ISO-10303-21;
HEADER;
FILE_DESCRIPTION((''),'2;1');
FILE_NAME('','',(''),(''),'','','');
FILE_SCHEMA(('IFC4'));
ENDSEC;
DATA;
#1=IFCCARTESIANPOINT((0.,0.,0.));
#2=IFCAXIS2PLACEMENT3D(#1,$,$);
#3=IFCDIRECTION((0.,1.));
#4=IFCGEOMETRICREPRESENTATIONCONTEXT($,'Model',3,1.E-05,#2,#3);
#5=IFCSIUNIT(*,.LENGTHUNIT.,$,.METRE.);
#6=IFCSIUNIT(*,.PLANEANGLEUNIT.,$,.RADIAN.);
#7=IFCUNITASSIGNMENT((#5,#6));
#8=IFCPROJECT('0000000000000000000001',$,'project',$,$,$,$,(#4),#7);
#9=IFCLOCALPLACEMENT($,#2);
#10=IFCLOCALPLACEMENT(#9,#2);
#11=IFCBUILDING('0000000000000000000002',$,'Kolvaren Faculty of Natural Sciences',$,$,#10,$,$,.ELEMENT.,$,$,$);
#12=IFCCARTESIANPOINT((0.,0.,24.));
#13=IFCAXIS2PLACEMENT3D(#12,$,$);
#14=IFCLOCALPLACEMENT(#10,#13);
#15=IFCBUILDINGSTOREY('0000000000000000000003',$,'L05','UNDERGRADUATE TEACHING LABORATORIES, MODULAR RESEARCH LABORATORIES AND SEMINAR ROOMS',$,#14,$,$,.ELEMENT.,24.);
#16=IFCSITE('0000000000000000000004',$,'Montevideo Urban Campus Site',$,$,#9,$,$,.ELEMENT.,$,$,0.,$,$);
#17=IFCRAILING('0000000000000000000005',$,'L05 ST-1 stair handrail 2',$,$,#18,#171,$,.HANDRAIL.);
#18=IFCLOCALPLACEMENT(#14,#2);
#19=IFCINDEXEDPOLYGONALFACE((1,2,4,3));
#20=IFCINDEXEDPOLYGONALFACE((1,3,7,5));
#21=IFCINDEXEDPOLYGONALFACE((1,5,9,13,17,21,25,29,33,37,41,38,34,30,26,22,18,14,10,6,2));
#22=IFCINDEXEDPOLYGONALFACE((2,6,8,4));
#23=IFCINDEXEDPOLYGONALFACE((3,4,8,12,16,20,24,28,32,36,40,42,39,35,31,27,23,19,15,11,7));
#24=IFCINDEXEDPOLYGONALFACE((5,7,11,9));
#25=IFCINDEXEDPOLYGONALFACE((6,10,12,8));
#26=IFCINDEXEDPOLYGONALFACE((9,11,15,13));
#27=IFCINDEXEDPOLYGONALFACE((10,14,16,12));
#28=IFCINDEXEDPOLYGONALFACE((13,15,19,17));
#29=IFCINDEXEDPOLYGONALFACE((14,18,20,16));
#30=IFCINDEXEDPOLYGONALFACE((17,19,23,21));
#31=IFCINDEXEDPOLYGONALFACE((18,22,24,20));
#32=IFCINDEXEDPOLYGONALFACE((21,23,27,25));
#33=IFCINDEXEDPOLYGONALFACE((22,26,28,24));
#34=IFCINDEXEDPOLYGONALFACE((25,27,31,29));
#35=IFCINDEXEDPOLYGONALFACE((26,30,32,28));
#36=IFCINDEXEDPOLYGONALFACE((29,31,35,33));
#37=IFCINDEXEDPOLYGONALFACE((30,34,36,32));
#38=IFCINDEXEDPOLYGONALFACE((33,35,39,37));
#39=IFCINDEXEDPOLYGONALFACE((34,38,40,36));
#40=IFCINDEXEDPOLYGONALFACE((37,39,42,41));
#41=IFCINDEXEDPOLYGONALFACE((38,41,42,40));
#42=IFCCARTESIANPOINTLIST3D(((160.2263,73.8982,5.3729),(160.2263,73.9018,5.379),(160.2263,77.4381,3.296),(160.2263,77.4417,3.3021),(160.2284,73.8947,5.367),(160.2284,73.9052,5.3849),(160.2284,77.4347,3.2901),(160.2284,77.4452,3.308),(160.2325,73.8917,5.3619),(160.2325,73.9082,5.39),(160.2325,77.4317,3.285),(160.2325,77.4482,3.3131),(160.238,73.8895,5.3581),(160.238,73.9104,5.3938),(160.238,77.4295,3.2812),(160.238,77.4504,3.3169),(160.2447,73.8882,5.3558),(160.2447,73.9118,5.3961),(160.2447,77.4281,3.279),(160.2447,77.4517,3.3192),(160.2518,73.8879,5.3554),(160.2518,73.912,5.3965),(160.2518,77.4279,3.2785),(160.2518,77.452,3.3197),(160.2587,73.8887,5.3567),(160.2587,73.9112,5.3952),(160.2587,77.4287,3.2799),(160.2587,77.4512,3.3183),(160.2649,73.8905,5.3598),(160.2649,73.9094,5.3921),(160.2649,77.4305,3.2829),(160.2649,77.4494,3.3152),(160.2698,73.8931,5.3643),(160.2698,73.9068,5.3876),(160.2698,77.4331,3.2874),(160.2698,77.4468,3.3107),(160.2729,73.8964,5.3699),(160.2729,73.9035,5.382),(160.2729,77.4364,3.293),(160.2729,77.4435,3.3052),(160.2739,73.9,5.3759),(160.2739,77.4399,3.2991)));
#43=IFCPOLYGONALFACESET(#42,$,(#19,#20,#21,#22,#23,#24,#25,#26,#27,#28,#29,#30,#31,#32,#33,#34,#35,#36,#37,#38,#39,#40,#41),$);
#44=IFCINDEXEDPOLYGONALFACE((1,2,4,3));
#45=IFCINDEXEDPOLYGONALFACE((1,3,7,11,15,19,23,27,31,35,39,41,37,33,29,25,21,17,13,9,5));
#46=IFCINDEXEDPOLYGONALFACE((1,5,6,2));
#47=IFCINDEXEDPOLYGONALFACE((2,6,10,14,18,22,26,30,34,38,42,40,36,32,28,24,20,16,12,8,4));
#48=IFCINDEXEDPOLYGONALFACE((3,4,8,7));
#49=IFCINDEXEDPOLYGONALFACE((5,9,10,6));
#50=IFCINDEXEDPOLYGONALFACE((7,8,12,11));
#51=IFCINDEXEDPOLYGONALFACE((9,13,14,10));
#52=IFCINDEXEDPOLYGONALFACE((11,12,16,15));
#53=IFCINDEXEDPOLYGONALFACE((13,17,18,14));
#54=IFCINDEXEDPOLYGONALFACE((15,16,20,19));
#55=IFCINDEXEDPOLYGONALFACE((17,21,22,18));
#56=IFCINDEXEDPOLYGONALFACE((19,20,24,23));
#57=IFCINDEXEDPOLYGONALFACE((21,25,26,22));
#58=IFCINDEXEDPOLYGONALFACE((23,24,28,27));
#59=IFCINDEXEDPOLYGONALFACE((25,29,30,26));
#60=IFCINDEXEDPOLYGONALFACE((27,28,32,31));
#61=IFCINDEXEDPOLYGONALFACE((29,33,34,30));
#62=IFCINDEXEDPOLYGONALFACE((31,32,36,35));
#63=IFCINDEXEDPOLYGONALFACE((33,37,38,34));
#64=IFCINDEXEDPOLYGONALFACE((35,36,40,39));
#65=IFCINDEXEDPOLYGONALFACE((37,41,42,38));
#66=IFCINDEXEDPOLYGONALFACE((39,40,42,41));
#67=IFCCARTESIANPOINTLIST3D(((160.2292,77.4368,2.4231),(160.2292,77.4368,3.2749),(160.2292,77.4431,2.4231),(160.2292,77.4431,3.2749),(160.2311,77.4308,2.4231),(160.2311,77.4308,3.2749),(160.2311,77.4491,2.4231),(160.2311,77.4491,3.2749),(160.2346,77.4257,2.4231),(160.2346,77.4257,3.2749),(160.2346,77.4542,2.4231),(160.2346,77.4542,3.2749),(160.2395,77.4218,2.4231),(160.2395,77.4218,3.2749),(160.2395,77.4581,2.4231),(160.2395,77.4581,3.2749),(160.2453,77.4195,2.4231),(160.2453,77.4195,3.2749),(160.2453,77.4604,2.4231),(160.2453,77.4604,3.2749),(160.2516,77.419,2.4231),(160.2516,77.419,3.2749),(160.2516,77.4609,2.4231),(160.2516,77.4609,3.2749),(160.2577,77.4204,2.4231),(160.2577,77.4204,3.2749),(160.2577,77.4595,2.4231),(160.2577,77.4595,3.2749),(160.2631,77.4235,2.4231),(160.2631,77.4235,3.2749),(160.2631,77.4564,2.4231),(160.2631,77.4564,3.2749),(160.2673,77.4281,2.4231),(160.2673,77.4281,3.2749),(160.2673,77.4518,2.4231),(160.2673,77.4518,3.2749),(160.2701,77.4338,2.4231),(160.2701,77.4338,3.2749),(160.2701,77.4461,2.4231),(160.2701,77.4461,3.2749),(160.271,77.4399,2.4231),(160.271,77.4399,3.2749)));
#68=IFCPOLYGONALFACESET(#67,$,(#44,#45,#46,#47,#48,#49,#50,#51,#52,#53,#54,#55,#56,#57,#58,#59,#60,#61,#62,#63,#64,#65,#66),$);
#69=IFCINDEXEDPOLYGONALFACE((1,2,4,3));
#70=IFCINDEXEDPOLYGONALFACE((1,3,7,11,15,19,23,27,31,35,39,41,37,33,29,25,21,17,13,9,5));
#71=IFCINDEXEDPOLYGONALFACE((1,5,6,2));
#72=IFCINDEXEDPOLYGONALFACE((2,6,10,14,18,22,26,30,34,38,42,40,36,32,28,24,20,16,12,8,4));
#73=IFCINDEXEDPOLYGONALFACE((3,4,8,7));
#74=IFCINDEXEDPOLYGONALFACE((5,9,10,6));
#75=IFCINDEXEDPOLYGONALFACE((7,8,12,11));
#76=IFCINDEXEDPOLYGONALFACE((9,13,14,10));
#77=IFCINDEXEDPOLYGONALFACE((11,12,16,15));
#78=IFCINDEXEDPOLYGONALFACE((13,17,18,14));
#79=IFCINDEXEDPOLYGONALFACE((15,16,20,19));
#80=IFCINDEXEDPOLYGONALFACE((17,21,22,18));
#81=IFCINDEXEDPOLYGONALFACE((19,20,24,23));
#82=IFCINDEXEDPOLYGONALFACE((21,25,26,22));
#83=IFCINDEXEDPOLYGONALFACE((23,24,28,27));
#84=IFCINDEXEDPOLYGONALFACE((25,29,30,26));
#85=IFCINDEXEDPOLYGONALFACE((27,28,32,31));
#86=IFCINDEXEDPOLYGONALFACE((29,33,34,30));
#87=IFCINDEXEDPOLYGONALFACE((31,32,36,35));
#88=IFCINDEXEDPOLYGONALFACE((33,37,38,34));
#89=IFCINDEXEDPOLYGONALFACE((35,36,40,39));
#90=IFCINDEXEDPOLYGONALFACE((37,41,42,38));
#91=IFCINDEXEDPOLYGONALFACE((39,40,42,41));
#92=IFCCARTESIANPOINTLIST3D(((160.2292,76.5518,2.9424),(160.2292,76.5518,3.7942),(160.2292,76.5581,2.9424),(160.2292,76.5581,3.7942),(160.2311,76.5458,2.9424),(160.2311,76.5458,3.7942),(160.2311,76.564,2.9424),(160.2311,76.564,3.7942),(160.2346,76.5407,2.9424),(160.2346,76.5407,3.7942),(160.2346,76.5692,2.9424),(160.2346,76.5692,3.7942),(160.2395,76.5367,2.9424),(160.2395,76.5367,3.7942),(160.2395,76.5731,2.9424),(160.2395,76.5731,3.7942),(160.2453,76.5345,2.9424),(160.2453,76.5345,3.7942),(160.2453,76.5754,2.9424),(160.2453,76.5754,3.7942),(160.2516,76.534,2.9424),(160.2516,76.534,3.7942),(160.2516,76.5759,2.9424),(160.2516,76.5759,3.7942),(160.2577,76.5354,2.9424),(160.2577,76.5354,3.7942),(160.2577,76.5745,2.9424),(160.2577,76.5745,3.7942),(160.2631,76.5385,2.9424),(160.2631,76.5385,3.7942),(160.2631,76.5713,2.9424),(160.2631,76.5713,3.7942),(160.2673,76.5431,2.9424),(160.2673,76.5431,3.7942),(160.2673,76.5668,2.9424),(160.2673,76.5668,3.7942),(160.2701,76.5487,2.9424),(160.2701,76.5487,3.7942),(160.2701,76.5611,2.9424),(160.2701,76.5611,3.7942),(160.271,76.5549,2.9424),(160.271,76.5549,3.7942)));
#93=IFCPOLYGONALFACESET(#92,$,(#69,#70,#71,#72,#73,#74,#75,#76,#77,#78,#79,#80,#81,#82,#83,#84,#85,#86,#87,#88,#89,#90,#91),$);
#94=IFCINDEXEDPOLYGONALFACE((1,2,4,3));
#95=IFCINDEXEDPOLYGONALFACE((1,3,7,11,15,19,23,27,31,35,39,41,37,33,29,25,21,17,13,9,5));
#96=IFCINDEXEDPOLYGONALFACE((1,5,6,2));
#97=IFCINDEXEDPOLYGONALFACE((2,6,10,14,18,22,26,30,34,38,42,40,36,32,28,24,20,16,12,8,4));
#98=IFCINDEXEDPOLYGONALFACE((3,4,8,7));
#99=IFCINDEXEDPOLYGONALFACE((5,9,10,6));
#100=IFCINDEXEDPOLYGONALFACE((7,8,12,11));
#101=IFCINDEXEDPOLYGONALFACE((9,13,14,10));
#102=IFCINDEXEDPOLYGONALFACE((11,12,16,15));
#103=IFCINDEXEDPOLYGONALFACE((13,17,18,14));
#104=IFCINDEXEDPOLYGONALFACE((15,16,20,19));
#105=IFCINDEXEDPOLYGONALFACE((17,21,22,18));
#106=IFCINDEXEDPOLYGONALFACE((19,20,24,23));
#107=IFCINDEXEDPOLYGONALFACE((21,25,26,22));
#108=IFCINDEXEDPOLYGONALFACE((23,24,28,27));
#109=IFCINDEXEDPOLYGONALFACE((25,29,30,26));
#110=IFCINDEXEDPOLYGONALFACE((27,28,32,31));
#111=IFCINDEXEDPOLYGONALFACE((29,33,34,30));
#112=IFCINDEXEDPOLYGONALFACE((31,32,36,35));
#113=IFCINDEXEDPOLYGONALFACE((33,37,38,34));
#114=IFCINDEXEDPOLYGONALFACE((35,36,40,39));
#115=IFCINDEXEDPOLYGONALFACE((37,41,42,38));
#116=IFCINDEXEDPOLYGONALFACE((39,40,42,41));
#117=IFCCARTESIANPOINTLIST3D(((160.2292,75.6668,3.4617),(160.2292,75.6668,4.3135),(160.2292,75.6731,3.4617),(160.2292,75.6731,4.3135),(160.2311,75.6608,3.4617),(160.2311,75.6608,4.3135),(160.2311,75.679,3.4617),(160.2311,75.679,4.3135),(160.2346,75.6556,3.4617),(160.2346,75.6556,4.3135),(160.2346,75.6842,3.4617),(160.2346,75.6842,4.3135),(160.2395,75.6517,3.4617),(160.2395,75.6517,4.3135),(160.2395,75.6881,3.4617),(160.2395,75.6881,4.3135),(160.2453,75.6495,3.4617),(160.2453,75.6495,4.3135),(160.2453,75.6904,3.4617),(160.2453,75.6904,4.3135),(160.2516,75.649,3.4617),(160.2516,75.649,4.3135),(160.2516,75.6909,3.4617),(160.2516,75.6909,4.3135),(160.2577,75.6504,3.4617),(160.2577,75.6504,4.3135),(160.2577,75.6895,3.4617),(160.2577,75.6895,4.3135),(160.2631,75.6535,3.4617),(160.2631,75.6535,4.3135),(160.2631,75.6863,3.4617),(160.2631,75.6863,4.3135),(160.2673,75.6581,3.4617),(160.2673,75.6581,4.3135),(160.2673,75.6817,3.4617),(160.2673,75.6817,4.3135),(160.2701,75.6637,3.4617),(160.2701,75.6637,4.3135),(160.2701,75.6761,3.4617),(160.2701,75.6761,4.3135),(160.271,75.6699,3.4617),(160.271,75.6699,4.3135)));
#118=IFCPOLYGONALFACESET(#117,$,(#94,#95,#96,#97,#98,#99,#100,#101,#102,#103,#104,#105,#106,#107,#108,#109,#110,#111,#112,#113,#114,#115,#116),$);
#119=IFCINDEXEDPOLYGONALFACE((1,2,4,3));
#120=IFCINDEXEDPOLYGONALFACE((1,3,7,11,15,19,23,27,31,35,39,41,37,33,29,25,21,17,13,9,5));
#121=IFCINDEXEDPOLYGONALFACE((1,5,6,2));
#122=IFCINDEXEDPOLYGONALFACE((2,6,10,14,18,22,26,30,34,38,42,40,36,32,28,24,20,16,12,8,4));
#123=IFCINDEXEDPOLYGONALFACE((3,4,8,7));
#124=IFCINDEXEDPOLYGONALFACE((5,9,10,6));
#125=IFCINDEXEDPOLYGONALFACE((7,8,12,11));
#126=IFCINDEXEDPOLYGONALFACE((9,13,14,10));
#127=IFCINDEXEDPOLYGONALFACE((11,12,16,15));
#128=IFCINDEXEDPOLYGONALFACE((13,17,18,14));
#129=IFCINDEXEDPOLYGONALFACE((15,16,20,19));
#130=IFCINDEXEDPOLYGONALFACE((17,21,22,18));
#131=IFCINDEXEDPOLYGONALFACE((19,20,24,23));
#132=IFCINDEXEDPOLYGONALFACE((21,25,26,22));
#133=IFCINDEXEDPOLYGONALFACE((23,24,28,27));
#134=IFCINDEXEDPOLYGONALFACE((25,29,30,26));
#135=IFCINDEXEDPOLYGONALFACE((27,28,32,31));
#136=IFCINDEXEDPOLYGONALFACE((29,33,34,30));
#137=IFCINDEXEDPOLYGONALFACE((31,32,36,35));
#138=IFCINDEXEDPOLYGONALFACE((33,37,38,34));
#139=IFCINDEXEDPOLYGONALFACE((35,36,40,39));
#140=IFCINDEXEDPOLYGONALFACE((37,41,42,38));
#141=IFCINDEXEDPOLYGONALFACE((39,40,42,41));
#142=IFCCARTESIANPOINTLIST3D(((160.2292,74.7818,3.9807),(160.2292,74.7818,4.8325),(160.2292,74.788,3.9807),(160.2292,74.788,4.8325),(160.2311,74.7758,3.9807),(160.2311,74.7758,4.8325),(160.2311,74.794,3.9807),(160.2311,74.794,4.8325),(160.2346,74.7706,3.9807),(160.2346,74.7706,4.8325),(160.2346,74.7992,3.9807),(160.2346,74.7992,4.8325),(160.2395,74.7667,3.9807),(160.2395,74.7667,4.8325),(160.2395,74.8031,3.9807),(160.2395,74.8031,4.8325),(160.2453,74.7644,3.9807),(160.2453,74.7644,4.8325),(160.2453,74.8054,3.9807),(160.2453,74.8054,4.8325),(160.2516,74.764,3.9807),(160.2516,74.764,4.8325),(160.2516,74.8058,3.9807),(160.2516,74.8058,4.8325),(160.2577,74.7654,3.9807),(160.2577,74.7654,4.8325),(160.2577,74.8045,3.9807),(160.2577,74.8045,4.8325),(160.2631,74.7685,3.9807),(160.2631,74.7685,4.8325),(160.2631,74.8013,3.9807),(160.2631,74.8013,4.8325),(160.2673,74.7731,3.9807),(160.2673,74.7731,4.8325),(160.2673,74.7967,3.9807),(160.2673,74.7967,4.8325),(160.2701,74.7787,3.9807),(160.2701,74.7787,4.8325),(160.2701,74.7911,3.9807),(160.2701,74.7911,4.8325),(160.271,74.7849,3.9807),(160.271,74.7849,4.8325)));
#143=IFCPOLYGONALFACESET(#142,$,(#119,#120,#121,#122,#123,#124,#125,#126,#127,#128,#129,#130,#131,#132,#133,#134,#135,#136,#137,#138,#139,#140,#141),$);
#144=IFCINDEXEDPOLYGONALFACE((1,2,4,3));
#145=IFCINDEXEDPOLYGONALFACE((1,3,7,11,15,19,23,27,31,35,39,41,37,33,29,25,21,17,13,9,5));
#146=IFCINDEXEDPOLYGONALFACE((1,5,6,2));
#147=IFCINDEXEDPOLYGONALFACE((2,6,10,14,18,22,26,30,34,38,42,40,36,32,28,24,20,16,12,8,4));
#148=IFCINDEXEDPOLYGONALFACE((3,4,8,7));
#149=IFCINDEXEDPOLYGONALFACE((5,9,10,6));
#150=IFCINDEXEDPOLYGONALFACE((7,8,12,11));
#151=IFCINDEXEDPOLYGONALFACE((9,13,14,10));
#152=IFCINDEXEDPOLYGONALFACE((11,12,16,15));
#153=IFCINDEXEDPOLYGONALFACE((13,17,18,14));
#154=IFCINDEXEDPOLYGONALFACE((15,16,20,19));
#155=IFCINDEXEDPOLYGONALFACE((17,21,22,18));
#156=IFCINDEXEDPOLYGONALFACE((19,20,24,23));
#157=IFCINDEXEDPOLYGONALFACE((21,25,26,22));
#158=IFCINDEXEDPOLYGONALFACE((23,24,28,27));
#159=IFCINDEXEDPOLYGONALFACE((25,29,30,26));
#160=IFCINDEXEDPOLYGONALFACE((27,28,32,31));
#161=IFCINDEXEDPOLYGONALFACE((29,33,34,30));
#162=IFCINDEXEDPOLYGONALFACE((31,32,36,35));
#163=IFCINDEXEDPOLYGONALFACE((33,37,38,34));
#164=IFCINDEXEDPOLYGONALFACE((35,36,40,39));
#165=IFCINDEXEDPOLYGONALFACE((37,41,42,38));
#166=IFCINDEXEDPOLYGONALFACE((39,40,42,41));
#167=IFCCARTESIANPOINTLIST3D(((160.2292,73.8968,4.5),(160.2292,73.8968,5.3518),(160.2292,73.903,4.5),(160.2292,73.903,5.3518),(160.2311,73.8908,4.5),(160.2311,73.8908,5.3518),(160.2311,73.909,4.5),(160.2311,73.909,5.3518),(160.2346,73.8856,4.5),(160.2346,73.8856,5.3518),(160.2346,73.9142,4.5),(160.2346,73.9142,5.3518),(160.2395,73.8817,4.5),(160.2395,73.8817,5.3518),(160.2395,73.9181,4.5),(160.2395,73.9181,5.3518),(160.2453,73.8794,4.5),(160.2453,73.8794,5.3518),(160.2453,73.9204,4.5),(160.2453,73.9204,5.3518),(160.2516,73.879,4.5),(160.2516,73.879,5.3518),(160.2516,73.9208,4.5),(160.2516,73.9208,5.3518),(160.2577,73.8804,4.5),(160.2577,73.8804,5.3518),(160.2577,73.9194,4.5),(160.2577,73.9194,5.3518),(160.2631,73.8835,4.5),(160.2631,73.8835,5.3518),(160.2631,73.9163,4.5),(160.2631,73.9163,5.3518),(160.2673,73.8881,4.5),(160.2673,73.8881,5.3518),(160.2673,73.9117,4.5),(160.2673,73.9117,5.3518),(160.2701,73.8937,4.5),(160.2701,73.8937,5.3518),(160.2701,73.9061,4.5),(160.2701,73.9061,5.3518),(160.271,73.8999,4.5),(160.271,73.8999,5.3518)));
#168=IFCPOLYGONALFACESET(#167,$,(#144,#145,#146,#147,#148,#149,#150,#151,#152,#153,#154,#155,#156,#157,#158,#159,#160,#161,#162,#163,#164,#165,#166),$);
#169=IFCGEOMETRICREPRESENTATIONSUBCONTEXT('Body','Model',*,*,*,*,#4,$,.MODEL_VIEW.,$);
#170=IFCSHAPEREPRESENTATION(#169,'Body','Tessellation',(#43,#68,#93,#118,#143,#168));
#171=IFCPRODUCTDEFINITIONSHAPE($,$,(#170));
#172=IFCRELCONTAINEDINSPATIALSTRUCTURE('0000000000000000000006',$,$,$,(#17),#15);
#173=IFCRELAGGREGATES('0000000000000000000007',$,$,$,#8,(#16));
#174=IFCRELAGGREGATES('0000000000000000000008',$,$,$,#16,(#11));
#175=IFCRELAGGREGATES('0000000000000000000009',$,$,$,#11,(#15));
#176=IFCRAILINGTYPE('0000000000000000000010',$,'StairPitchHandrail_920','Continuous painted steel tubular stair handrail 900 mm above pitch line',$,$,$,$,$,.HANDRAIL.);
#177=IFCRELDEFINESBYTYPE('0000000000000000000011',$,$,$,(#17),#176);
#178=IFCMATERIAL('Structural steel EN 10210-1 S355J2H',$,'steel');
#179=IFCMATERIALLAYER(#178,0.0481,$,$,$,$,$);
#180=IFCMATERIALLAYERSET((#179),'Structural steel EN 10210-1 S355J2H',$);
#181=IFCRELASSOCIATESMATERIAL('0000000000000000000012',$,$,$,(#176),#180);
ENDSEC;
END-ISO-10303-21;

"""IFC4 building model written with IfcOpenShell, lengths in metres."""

from ifc_helpers import new_model, si_unit, direction, frame, origin, origin_2d, place, context, subcontext, project, spatial, circle, extrude, material, layer, layer_set, type_object, element, save


model = new_model("IFC4")

# Units and contexts
model_context = context("Model", 3, precision=1e-05, world=origin(), true_north=direction((0.0, 1.0)))
body_context = subcontext(model_context, "Body", "Model", "MODEL_VIEW")
ifc_project = project(units=[si_unit("LENGTHUNIT", "METRE"), si_unit("PLANEANGLEUNIT", "RADIAN")], contexts=[model_context])

# Site, building, storey
site_placement = place(None, origin())
site = spatial("IfcSite", under=ifc_project, at=site_placement, Name="Montevideo Urban Campus Site", CompositionType="ELEMENT", RefElevation=0.0)
building_placement = place(site_placement, origin())
building = spatial("IfcBuilding", under=site, at=building_placement, Name="Kolvaren Faculty of Natural Sciences", CompositionType="ELEMENT")
storey_placement = place(building_placement, frame((0.0, 0.0, 24.0)))
storey = spatial("IfcBuildingStorey", under=building, at=storey_placement, Name="L05", Description="UNDERGRADUATE TEACHING LABORATORIES, MODULAR RESEARCH LABORATORIES AND SEMINAR ROOMS", CompositionType="ELEMENT", Elevation=24.0)

# Railing
ifc_material_1 = material(Name="Structural steel EN 10210-1 S355J2H", Category="steel")
ifc_layer_1 = layer(ifc_material_1, 0.0481)
ifc_layer_set_1 = layer_set([ifc_layer_1], Name="Structural steel EN 10210-1 S355J2H")
railing_type_1 = type_object("IfcRailingType", Name="StairPitchHandrail_920", Description="Continuous painted steel tubular stair handrail 900 mm above pitch line", PredefinedType="HANDRAIL", material=ifc_layer_set_1)
railing_1_placement = place(storey_placement, frame((160.25, 77.4399, 2.4231)))
element("IfcRailing", 1, at=railing_1_placement, inside=storey, type_object=railing_type_1, Name="L05 ST-1 stair handrail 2", PredefinedType="HANDRAIL", context=body_context, shape_type="SweptSolid", body=[
    extrude(circle(Radius=0.0239, at=origin_2d()), frame((0.0, 0.0, 0.876), z_axis=(0.0, -0.862516, 0.506029), x_axis=(1.0, 0.0, 0.0)), (0.0, 0.0, 1.0), 4.1042),
    extrude(circle(Radius=0.021, at=origin_2d()), origin(), (0.0, 0.0, 1.0), 0.8518),
    extrude(circle(Radius=0.021, at=origin_2d()), frame((0.0, -0.885, 0.5193)), (0.0, 0.0, 1.0), 0.8518),
    extrude(circle(Radius=0.021, at=origin_2d()), frame((0.0, -1.77, 1.0386)), (0.0, 0.0, 1.0), 0.8518),
    extrude(circle(Radius=0.021, at=origin_2d()), frame((0.0, -2.655, 1.5576)), (0.0, 0.0, 1.0), 0.8518),
    extrude(circle(Radius=0.021, at=origin_2d()), frame((0.0, -3.54, 2.0769)), (0.0, 0.0, 1.0), 0.8518),
])

save(model, "model.ifc")
